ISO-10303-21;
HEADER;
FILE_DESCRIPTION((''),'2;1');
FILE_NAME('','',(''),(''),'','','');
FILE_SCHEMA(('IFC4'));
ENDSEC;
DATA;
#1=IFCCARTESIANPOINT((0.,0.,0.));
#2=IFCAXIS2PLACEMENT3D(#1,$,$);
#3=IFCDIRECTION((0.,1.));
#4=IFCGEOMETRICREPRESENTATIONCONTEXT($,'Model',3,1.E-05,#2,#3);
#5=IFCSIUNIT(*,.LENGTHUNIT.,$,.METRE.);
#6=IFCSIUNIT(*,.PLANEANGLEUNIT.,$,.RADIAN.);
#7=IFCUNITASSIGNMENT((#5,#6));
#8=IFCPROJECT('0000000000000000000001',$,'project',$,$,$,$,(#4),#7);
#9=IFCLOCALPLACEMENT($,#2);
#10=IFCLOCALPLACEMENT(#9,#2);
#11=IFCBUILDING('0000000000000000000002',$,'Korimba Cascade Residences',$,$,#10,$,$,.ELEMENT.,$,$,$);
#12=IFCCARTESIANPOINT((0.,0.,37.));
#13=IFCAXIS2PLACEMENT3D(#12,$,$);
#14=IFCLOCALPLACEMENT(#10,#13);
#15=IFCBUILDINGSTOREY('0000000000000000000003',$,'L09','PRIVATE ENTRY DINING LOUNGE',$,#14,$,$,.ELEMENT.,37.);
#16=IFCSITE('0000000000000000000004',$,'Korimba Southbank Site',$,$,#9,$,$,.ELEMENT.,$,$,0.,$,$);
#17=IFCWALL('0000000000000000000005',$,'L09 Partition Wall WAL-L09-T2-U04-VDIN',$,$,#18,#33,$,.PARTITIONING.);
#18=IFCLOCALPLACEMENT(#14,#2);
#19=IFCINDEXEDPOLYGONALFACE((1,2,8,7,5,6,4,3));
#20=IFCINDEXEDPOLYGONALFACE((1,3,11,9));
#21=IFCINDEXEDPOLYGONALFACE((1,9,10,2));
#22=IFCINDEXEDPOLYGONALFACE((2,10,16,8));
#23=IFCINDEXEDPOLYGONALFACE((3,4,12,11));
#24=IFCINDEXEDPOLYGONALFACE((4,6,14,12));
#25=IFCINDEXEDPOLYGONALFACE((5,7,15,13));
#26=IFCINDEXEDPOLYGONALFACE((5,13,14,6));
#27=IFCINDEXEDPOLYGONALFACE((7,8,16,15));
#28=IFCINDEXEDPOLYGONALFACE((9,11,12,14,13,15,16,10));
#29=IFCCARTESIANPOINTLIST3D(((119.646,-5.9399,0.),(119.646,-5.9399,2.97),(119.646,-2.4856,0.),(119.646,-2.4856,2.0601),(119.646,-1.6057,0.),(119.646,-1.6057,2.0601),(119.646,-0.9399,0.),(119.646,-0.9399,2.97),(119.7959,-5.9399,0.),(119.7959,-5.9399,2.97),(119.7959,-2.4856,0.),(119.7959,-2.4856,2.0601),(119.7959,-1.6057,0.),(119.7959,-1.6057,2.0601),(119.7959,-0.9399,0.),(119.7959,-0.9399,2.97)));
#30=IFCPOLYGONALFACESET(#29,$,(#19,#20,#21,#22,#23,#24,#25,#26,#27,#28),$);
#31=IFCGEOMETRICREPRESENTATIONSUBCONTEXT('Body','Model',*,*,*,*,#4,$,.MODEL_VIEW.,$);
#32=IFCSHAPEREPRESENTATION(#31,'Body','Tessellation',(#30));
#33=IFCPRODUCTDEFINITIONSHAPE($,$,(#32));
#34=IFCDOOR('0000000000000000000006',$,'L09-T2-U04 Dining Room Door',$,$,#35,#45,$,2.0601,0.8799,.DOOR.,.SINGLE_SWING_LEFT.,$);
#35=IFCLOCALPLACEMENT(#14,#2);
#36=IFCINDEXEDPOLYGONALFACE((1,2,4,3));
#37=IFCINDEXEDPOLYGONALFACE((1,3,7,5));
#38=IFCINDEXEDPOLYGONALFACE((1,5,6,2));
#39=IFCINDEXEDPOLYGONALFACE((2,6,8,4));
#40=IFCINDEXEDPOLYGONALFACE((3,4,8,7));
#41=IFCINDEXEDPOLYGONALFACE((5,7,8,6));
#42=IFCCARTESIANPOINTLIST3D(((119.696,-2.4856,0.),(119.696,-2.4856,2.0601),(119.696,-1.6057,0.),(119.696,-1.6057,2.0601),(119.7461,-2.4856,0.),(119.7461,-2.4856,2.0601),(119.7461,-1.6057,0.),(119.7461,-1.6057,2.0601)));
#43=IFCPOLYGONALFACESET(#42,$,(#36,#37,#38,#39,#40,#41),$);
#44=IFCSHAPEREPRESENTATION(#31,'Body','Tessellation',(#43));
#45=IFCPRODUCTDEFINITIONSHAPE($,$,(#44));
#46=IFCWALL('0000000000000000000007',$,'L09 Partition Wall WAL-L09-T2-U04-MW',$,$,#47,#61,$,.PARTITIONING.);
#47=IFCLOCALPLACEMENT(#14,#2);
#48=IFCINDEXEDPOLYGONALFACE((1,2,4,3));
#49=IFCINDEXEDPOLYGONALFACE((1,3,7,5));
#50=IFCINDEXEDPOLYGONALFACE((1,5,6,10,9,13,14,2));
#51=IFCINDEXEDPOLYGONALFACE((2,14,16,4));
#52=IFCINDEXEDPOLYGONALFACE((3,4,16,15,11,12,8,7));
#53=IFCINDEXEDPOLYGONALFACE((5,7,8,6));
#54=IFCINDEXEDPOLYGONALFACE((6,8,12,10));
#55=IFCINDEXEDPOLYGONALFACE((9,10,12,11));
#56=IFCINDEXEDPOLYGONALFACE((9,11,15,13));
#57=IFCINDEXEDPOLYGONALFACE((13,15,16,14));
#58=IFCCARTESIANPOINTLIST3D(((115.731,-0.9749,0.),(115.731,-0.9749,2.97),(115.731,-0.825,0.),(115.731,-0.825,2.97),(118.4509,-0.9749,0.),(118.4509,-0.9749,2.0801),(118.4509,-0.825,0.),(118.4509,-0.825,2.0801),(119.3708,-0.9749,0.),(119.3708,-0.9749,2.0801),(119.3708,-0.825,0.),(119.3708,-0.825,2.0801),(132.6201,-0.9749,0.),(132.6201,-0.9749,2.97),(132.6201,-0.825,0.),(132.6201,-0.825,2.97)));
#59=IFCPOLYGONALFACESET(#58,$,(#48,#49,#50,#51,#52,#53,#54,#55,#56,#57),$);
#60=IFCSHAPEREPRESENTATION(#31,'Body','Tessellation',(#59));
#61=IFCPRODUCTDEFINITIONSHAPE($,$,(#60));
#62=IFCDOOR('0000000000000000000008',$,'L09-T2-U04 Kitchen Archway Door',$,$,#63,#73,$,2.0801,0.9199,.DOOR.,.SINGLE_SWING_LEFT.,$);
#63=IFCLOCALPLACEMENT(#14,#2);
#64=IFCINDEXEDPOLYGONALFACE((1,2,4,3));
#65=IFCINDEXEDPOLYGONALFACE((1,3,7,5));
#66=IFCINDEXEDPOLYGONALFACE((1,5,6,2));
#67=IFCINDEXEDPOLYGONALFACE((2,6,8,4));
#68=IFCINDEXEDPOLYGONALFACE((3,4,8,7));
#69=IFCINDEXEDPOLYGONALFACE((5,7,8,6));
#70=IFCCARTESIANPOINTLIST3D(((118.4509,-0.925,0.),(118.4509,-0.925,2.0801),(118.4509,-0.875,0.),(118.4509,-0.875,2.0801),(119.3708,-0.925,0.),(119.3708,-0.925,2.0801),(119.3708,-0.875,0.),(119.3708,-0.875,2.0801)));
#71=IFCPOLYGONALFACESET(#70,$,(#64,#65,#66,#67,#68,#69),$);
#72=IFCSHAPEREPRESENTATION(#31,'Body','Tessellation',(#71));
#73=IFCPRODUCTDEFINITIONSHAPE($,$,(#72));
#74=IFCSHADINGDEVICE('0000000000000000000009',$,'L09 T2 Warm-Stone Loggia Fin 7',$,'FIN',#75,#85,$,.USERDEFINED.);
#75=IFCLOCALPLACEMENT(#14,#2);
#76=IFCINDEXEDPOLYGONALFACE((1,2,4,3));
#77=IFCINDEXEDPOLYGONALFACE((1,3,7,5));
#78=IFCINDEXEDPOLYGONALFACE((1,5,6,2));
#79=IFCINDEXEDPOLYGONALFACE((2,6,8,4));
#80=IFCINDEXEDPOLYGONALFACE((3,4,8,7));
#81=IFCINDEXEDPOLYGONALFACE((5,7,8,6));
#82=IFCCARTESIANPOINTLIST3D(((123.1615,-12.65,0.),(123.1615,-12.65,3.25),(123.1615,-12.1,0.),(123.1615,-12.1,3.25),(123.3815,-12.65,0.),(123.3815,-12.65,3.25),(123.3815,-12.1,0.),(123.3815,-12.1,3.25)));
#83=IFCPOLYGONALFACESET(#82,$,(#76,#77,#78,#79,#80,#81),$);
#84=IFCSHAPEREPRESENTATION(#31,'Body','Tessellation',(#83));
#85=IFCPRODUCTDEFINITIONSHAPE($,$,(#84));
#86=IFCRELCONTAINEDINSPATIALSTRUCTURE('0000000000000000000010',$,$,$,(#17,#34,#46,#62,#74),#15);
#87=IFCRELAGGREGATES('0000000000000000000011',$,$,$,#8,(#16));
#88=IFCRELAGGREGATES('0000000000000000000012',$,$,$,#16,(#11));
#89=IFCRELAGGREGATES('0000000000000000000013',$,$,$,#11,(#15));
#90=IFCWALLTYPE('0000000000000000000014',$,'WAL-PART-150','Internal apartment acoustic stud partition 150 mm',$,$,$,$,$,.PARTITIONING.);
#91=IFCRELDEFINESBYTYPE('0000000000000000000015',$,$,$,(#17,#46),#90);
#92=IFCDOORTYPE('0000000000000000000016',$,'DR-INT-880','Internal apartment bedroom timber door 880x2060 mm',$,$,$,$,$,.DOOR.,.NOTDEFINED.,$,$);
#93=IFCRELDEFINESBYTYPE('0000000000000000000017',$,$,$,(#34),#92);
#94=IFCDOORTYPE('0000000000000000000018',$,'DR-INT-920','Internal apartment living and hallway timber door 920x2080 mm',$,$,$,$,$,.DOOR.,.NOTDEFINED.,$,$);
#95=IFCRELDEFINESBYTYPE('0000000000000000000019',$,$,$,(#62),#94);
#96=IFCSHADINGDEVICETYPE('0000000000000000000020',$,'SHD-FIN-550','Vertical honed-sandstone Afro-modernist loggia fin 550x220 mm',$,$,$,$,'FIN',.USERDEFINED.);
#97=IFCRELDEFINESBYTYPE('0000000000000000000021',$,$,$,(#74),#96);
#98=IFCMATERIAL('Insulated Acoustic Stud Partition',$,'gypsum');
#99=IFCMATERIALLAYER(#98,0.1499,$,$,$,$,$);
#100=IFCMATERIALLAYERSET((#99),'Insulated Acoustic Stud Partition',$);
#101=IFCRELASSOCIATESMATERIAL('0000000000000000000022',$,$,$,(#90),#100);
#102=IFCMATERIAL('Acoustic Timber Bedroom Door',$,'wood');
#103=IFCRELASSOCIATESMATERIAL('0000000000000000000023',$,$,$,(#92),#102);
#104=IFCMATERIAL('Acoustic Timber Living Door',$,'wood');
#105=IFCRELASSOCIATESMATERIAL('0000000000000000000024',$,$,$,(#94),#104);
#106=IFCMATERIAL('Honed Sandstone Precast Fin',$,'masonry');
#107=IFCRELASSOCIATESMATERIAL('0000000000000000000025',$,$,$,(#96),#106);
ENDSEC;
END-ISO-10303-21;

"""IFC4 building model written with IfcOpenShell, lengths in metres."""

from ifc_helpers import new_model, si_unit, direction, frame, frame_2d, origin, origin_2d, place, context, subcontext, project, spatial, rectangle, extrude, material, layer, layer_set, type_object, element, fill, save


model = new_model("IFC4")

# Units and contexts
model_context = context("Model", 3, precision=1e-05, world=origin(), true_north=direction((0.0, 1.0)))
body_context = subcontext(model_context, "Body", "Model", "MODEL_VIEW")
ifc_project = project(units=[si_unit("LENGTHUNIT", "METRE"), si_unit("PLANEANGLEUNIT", "RADIAN")], contexts=[model_context])

# Site, building, storey
site_placement = place(None, origin())
site = spatial("IfcSite", under=ifc_project, at=site_placement, Name="Korimba Southbank Site", CompositionType="ELEMENT", RefElevation=0.0)
building_placement = place(site_placement, origin())
building = spatial("IfcBuilding", under=site, at=building_placement, Name="Korimba Cascade Residences", CompositionType="ELEMENT")
storey_placement = place(building_placement, frame((0.0, 0.0, 37.0)))
storey = spatial("IfcBuildingStorey", under=building, at=storey_placement, Name="L09", Description="PRIVATE ENTRY DINING LOUNGE", CompositionType="ELEMENT", Elevation=37.0)

# Walls, openings, doors
ifc_material_1 = material(Name="Insulated Acoustic Stud Partition", Category="gypsum")
ifc_layer = layer(ifc_material_1, 0.1499)
ifc_layer_set = layer_set([ifc_layer], Name="Insulated Acoustic Stud Partition")
wall_type = type_object("IfcWallType", Name="WAL-PART-150", Description="Internal apartment acoustic stud partition 150 mm", PredefinedType="PARTITIONING", material=ifc_layer_set)
ifc_material_2 = material(Name="Acoustic Timber Bedroom Door", Category="wood")
door_type_1 = type_object("IfcDoorType", Name="DR-INT-880", Description="Internal apartment bedroom timber door 880x2060 mm", OperationType="NOTDEFINED", PredefinedType="DOOR", material=ifc_material_2)
wall_1_placement = place(storey_placement, frame((119.7209, -5.9399, 0.0), z_axis=(0.0, 0.0, 1.0), x_axis=(0.0, 1.0, 0.0)))
wall_1 = element("IfcWall", 1, at=wall_1_placement, inside=storey, type_object=wall_type, Name="L09 Partition Wall WAL-L09-T2-U04-VDIN", PredefinedType="PARTITIONING", context=body_context, shape_type="SweptSolid", body=[
    extrude(rectangle(XDim=5.0, YDim=0.1499, at=frame_2d((2.5, 0.0))), origin(), (0.0, 0.0, 1.0), 2.97),
])
opening_1_placement = place(wall_1_placement, frame((3.4543, 0.0, 0.0)))
opening_1 = element("IfcOpeningElement", 2, at=opening_1_placement, cuts=wall_1, PredefinedType="OPENING", context=body_context, shape_type="SweptSolid", body=[
    extrude(rectangle(XDim=0.8799, YDim=2.0601, at=frame_2d((0.4399, 1.03))), frame((0.0, 0.085, 0.0), z_axis=(0.0, -1.0, 0.0), x_axis=(1.0, 0.0, 0.0)), (0.0, 0.0, 1.0), 0.1699),
])
door_1_placement = place(opening_1_placement, origin())
door_1 = element("IfcDoor", 3, at=door_1_placement, inside=storey, type_object=door_type_1, Name="L09-T2-U04 Dining Room Door", OperationType="SINGLE_SWING_LEFT", OverallHeight=2.0601, OverallWidth=0.8799, PredefinedType="DOOR", context=body_context, shape_type="SweptSolid", body=[
    extrude(rectangle(XDim=0.8799, YDim=2.0601, at=frame_2d((0.4399, 1.03))), frame((0.0, 0.0249, 0.0), z_axis=(0.0, -1.0, 0.0), x_axis=(1.0, 0.0, 0.0)), (0.0, 0.0, 1.0), 0.05),
])
fill(opening_1, door_1)
wall_2_placement = place(storey_placement, frame((115.731, -0.8999, 0.0), z_axis=(0.0, 0.0, 1.0), x_axis=(1.0, 0.0, 0.0)))
wall_2 = element("IfcWall", 4, at=wall_2_placement, inside=storey, type_object=wall_type, Name="L09 Partition Wall WAL-L09-T2-U04-MW", PredefinedType="PARTITIONING", context=body_context, shape_type="SweptSolid", body=[
    extrude(rectangle(XDim=16.8892, YDim=0.1499, at=frame_2d((8.4446, 0.0))), origin(), (0.0, 0.0, 1.0), 2.97),
])
opening_2_placement = place(wall_2_placement, frame((2.72, 0.0, 0.0)))
opening_2 = element("IfcOpeningElement", 5, at=opening_2_placement, cuts=wall_2, PredefinedType="OPENING", context=body_context, shape_type="SweptSolid", body=[
    extrude(rectangle(XDim=0.9199, YDim=2.0801, at=frame_2d((0.46, 1.04))), frame((0.0, 0.085, 0.0), z_axis=(0.0, -1.0, 0.0), x_axis=(1.0, 0.0, 0.0)), (0.0, 0.0, 1.0), 0.1699),
])
ifc_material_3 = material(Name="Acoustic Timber Living Door", Category="wood")
door_type_2 = type_object("IfcDoorType", Name="DR-INT-920", Description="Internal apartment living and hallway timber door 920x2080 mm", OperationType="NOTDEFINED", PredefinedType="DOOR", material=ifc_material_3)
door_2_placement = place(opening_2_placement, origin())
door_2 = element("IfcDoor", 6, at=door_2_placement, inside=storey, type_object=door_type_2, Name="L09-T2-U04 Kitchen Archway Door", OperationType="SINGLE_SWING_LEFT", OverallHeight=2.0801, OverallWidth=0.9199, PredefinedType="DOOR", context=body_context, shape_type="SweptSolid", body=[
    extrude(rectangle(XDim=0.9199, YDim=2.0801, at=frame_2d((0.46, 1.04))), frame((0.0, 0.0249, 0.0), z_axis=(0.0, -1.0, 0.0), x_axis=(1.0, 0.0, 0.0)), (0.0, 0.0, 1.0), 0.05),
])
fill(opening_2, door_2)

# Shading device
ifc_material_4 = material(Name="Honed Sandstone Precast Fin", Category="masonry")
shading_device_type = type_object("IfcShadingDeviceType", Name="SHD-FIN-550", Description="Vertical honed-sandstone Afro-modernist loggia fin 550x220 mm", ElementType="FIN", PredefinedType="USERDEFINED", material=ifc_material_4)
shading_device_placement = place(storey_placement, frame((123.2715, -12.375, 0.0), z_axis=(0.0, 0.0, 1.0), x_axis=(1.0, 0.0, 0.0)))
element("IfcShadingDevice", 7, at=shading_device_placement, inside=storey, type_object=shading_device_type, Name="L09 T2 Warm-Stone Loggia Fin 7", ObjectType="FIN", PredefinedType="USERDEFINED", context=body_context, shape_type="SweptSolid", body=[
    extrude(rectangle(XDim=0.22, YDim=0.55, at=origin_2d()), origin(), (0.0, 0.0, 1.0), 3.25),
])

save(model, "model.ifc")
